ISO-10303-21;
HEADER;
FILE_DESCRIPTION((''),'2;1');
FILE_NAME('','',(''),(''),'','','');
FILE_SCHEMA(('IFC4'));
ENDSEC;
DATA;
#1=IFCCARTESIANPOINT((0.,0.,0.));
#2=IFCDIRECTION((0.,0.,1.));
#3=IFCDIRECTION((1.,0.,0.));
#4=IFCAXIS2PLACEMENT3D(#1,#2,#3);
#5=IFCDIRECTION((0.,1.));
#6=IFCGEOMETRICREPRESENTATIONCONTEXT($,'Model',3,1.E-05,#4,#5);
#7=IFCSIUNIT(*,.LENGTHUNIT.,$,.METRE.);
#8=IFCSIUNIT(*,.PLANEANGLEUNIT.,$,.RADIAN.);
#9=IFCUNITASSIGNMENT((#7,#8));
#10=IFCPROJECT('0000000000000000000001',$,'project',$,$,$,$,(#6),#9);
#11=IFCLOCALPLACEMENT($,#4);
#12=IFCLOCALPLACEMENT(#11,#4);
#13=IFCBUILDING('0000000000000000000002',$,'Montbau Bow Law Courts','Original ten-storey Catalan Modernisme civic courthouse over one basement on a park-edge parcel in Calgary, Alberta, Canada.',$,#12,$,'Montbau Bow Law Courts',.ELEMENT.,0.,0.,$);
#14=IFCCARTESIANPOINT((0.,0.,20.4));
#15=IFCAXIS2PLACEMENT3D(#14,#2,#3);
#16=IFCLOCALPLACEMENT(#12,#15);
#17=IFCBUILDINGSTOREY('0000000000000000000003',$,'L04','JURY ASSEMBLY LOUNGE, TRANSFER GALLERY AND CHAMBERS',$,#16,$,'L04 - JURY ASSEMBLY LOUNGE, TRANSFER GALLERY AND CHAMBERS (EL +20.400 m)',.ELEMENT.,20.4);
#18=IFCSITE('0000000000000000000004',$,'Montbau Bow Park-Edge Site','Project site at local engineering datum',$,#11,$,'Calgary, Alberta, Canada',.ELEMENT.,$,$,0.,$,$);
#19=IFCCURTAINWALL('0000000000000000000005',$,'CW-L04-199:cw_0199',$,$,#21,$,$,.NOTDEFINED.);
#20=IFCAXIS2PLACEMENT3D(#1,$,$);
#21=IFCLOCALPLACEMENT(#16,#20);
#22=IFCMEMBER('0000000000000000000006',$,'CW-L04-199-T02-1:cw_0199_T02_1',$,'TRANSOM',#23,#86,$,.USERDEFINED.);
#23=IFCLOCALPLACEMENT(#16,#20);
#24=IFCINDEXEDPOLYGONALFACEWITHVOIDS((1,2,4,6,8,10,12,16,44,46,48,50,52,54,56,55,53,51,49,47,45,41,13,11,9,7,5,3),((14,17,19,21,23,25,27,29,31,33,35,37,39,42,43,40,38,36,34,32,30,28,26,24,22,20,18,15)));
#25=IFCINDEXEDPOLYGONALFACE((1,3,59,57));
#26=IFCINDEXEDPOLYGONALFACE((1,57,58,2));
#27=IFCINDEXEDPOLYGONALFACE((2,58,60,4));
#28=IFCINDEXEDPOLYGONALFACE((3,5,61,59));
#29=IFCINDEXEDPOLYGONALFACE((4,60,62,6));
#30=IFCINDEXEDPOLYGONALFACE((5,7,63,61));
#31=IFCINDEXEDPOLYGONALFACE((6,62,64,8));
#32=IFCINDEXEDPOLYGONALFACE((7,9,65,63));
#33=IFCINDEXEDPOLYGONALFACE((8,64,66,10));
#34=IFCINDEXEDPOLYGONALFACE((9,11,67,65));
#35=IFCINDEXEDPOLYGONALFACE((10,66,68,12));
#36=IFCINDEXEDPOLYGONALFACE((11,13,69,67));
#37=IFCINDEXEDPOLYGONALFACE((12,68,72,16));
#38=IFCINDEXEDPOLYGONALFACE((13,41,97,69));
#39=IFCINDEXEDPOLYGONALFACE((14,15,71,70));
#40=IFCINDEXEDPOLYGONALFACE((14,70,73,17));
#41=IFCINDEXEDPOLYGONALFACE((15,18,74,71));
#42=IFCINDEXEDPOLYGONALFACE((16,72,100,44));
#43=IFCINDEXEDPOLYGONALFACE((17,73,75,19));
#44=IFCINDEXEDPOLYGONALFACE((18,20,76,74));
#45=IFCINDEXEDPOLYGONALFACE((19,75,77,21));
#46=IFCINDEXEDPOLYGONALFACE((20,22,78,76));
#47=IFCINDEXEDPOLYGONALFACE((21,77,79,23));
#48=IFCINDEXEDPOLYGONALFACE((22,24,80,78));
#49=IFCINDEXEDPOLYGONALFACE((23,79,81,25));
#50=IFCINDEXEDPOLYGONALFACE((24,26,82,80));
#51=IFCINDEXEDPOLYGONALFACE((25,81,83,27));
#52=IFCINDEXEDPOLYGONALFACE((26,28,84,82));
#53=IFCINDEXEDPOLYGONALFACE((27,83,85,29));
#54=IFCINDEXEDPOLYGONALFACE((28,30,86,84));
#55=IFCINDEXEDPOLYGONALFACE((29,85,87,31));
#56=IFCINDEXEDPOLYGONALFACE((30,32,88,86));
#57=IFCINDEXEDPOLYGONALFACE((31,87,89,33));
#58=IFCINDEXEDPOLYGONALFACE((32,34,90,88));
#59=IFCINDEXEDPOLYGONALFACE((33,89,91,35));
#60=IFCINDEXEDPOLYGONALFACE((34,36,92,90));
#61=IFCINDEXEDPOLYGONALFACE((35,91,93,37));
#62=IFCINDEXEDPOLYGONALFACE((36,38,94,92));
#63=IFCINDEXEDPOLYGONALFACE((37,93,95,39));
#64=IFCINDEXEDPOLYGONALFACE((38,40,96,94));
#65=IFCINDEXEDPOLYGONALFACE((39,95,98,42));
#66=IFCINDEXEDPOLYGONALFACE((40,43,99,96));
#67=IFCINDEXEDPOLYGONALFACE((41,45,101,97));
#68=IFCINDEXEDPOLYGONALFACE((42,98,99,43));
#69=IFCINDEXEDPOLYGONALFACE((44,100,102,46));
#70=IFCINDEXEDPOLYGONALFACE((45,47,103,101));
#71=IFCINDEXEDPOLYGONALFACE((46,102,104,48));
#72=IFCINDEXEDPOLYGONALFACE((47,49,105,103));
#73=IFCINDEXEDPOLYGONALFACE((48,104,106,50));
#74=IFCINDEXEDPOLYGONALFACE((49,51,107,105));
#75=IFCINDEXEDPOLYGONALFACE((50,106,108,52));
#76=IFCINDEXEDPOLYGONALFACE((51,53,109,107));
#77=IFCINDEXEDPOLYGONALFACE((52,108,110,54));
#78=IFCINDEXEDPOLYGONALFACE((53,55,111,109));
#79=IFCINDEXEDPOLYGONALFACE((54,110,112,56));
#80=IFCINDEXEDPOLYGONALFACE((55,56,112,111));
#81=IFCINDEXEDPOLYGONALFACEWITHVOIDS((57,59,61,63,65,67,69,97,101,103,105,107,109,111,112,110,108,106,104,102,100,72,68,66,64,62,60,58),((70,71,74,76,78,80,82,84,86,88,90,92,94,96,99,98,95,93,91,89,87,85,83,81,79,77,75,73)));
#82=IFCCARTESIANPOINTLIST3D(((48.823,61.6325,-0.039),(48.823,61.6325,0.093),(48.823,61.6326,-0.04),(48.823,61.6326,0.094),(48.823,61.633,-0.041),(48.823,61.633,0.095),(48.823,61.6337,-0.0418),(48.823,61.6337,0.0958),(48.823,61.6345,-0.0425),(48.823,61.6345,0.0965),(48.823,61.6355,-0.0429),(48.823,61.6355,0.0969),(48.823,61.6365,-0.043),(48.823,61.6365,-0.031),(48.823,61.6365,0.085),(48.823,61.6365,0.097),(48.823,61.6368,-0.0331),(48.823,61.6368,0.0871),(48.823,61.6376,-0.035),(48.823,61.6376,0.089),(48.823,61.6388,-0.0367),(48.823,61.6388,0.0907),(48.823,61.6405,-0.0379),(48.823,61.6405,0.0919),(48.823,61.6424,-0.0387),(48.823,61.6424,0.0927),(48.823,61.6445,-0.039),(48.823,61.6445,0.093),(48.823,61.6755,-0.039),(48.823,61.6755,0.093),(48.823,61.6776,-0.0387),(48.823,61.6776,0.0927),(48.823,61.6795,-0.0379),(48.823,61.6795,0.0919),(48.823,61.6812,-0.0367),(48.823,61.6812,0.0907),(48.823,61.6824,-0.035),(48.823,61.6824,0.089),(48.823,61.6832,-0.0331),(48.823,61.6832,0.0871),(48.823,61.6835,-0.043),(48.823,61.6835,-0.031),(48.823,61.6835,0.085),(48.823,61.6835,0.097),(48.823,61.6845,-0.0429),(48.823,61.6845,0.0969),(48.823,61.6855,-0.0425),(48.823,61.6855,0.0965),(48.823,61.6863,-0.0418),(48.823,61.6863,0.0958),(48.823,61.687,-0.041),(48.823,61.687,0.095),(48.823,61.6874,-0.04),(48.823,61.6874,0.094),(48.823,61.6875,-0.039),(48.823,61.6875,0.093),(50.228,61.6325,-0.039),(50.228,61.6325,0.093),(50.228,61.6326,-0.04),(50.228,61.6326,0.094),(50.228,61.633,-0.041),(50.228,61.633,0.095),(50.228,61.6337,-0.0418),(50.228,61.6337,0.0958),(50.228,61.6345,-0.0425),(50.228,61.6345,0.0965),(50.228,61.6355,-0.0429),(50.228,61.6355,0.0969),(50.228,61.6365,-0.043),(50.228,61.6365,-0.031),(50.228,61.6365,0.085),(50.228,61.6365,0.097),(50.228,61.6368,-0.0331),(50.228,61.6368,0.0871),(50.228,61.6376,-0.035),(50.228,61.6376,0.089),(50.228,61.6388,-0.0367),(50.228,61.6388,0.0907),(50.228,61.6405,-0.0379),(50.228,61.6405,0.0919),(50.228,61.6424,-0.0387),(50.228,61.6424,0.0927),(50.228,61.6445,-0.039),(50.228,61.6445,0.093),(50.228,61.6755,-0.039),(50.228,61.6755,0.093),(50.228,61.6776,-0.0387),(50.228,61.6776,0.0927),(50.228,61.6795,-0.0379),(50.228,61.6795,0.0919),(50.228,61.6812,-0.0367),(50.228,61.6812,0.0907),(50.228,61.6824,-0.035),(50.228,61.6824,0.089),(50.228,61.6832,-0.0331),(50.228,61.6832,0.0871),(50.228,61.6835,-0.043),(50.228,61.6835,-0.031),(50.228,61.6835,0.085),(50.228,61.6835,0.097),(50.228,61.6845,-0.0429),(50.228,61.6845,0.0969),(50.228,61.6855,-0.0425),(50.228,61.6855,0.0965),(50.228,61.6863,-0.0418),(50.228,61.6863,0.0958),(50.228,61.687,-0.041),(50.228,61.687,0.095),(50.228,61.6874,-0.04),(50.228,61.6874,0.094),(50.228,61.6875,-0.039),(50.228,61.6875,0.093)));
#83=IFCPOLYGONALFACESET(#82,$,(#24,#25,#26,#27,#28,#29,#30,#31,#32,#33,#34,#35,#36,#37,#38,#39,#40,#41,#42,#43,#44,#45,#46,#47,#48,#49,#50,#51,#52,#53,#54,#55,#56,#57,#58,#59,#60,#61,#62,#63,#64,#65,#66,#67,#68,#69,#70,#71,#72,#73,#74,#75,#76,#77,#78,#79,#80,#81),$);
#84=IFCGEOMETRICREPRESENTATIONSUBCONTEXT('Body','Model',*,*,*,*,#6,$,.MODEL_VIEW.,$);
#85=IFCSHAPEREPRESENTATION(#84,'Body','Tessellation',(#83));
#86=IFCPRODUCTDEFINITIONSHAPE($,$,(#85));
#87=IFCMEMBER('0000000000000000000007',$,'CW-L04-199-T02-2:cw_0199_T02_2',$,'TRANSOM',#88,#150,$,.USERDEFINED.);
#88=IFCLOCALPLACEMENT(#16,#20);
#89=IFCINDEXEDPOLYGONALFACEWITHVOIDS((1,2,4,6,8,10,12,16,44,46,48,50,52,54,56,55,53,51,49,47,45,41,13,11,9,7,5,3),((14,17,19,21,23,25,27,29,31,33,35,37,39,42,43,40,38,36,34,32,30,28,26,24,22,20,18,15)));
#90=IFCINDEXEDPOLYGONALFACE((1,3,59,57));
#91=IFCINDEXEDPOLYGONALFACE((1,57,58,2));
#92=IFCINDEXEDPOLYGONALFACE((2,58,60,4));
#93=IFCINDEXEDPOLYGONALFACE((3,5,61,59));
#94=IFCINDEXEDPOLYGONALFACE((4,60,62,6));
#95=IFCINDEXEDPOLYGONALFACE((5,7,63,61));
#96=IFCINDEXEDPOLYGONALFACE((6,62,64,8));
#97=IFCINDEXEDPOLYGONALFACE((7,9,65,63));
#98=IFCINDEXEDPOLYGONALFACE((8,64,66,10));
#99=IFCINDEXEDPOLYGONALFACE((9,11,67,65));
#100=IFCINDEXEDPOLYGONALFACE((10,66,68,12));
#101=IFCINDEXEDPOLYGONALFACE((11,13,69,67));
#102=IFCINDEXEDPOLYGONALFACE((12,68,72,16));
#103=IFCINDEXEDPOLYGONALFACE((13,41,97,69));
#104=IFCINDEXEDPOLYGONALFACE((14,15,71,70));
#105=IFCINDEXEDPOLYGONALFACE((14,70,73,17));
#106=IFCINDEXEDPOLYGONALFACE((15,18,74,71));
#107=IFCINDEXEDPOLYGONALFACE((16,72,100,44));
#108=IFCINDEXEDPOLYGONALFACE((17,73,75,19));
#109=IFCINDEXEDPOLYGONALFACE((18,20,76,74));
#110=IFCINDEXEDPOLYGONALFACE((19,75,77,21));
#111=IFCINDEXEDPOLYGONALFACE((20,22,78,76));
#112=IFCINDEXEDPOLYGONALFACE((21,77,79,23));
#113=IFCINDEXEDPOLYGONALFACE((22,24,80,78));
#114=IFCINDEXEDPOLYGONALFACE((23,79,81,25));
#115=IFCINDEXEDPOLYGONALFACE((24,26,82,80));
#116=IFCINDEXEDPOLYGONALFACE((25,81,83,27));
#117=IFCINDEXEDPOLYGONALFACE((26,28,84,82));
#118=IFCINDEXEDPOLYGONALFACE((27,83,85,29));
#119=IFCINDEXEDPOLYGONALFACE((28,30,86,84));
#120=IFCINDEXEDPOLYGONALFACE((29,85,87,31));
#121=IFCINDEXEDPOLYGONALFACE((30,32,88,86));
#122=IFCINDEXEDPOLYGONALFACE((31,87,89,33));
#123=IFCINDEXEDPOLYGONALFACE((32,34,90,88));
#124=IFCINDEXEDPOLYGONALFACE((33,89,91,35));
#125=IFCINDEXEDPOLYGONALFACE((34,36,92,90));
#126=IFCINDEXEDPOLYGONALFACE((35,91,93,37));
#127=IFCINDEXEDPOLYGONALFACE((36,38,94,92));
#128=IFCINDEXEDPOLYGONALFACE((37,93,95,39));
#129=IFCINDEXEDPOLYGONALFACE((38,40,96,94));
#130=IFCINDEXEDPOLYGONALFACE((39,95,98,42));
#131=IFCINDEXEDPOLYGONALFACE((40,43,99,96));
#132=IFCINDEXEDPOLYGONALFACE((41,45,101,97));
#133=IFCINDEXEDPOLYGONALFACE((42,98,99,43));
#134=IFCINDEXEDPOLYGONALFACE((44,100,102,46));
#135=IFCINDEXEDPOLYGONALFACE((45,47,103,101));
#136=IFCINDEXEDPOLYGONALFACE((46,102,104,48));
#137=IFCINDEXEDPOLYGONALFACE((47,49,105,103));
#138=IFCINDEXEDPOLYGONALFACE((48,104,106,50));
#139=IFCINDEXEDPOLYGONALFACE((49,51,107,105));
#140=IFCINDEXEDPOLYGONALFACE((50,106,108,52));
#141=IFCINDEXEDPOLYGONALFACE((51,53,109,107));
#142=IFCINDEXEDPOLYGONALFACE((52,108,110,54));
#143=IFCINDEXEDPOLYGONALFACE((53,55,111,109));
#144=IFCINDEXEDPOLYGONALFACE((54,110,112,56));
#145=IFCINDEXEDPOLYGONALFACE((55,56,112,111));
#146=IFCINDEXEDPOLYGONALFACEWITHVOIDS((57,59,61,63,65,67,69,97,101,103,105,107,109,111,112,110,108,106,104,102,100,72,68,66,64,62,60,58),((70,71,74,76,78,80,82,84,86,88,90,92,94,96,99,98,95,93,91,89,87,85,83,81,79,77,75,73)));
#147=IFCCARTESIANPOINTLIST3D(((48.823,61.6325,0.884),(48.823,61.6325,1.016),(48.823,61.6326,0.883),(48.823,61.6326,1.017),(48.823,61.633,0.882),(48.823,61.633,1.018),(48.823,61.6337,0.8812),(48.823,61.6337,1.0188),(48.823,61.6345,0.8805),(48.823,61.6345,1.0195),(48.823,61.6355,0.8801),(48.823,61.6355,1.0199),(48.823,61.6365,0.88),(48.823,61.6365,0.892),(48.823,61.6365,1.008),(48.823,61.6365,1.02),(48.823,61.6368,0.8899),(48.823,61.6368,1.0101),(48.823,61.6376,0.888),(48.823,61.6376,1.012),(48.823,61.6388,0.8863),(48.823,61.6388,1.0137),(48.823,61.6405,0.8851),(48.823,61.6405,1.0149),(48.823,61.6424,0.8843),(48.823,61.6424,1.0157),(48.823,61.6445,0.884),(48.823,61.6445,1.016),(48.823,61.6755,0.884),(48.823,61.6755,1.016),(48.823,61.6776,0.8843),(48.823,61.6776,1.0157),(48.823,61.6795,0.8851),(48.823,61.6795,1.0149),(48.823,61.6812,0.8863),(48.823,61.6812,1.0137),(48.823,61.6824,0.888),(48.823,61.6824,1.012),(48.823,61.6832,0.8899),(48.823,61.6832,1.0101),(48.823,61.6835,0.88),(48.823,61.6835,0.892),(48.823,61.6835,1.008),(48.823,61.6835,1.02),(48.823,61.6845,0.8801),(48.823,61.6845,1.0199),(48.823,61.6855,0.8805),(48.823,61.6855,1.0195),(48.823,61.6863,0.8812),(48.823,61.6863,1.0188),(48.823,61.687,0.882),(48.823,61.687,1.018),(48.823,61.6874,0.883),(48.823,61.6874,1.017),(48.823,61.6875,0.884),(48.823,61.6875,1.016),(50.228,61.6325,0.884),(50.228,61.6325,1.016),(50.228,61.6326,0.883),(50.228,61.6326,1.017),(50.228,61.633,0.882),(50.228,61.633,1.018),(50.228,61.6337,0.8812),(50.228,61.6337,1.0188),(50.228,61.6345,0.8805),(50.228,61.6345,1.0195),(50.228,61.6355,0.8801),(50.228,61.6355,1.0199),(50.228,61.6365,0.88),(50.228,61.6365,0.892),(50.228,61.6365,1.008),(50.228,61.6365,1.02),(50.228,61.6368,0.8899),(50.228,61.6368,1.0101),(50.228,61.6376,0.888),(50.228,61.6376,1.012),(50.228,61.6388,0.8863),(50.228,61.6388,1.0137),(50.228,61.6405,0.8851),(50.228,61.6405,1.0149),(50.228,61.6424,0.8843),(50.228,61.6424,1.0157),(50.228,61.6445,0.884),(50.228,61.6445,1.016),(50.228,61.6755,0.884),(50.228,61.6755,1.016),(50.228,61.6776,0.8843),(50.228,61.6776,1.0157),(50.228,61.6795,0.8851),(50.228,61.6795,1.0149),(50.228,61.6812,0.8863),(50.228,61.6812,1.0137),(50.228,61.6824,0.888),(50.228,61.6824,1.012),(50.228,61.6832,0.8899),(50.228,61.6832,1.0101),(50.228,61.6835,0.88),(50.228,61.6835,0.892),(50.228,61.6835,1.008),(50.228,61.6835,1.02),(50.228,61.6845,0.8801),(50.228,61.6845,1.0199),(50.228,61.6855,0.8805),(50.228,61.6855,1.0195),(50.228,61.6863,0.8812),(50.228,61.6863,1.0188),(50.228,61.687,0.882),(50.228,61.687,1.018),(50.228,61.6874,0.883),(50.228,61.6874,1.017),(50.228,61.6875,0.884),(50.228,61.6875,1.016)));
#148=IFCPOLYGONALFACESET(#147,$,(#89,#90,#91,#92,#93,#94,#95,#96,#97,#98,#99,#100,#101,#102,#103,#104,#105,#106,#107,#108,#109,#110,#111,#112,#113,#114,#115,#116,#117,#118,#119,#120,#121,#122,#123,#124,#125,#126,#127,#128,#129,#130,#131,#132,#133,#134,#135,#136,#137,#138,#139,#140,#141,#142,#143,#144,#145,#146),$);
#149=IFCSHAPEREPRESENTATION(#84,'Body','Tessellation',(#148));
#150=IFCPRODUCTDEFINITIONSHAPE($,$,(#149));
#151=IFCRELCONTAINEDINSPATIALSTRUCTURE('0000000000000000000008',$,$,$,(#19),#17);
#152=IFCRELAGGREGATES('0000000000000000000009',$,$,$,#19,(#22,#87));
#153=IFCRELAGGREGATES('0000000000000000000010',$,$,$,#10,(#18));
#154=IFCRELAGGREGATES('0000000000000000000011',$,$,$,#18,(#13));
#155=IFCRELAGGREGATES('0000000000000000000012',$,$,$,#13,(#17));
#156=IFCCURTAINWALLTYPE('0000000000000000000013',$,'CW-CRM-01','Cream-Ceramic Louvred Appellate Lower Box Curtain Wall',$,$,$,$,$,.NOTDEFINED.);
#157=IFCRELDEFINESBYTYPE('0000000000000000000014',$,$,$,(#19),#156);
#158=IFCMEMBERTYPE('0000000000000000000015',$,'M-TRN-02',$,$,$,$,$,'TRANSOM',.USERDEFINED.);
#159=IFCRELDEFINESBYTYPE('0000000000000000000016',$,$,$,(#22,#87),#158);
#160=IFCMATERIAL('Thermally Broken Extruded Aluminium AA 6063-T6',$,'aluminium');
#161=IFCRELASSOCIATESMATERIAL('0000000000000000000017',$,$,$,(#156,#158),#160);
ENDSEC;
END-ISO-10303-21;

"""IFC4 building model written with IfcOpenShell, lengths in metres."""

from ifc_helpers import new_model, si_unit, direction, frame, origin_with_axes, origin_2d_with_axis, place, context, subcontext, project, spatial, hollow_rectangle, extrude, material, material_profile, profile_set, type_object, element, aggregate, save


model = new_model("IFC4")

# Units and contexts
model_context = context("Model", 3, precision=1e-05, world=origin_with_axes(), true_north=direction((0.0, 1.0)))
body_context = subcontext(model_context, "Body", "Model", "MODEL_VIEW")
ifc_project = project(units=[si_unit("LENGTHUNIT", "METRE"), si_unit("PLANEANGLEUNIT", "RADIAN")], contexts=[model_context])

# Site, building, storey
site_placement = place(None, origin_with_axes())
site = spatial("IfcSite", under=ifc_project, at=site_placement, Name="Montbau Bow Park-Edge Site", Description="Project site at local engineering datum", LongName="Calgary, Alberta, Canada", CompositionType="ELEMENT", RefElevation=0.0)
building_placement = place(site_placement, origin_with_axes())
building = spatial("IfcBuilding", under=site, at=building_placement, Name="Montbau Bow Law Courts", Description="Original ten-storey Catalan Modernisme civic courthouse over one basement on a park-edge parcel in Calgary, Alberta, Canada.", LongName="Montbau Bow Law Courts", CompositionType="ELEMENT", ElevationOfRefHeight=0.0, ElevationOfTerrain=0.0)
storey_placement = place(building_placement, frame((0.0, 0.0, 20.4), z_axis=(0.0, 0.0, 1.0), x_axis=(1.0, 0.0, 0.0)))
storey = spatial("IfcBuildingStorey", under=building, at=storey_placement, Name="L04", Description="JURY ASSEMBLY LOUNGE, TRANSFER GALLERY AND CHAMBERS", LongName="L04 - JURY ASSEMBLY LOUNGE, TRANSFER GALLERY AND CHAMBERS (EL +20.400 m)", CompositionType="ELEMENT", Elevation=20.4)

# Curtain wall, members
ifc_material_1 = material(Name="Thermally Broken Extruded Aluminium AA 6063-T6", Category="aluminium")
curtain_wall_type = type_object("IfcCurtainWallType", Name="CW-CRM-01", Description="Cream-Ceramic Louvred Appellate Lower Box Curtain Wall", PredefinedType="NOTDEFINED", material=ifc_material_1)
curtain_wall_1_placement = place(None, frame((47.315, 61.66, 20.4), z_axis=(0.0, 0.0, 1.0), x_axis=(1.0, 0.0, 0.0)))
curtain_wall_1 = element("IfcCurtainWall", 1, at=curtain_wall_1_placement, inside=storey, type_object=curtain_wall_type, Name="CW-L04-199:cw_0199", PredefinedType="NOTDEFINED")
ifc_material_profile_1 = material_profile(ifc_material_1, hollow_rectangle(XDim=0.055, YDim=0.14, WallThickness=0.004, InnerFilletRadius=0.008, OuterFilletRadius=0.004, at=origin_2d_with_axis()), Name="CWT-140X55", Category="Main", Priority=0)
ifc_profile_set_1 = profile_set([ifc_material_profile_1], Name="Thermally Broken Extruded Aluminium AA 6063-T6")
member_type_1 = type_object("IfcMemberType", Name="M-TRN-02", ElementType="TRANSOM", PredefinedType="USERDEFINED", material=ifc_profile_set_1)
member_1_placement = place(None, frame((48.823, 61.66, 20.427), z_axis=(1.0, 0.0, 0.0), x_axis=(0.0, 1.0, 0.0)))
member_1 = element("IfcMember", 2, at=member_1_placement, type_object=member_type_1, Name="CW-L04-199-T02-1:cw_0199_T02_1", ObjectType="TRANSOM", PredefinedType="USERDEFINED", context=body_context, shape_type="SweptSolid", body=[
    extrude(hollow_rectangle(XDim=0.055, YDim=0.14, WallThickness=0.004, InnerFilletRadius=0.008, OuterFilletRadius=0.004, at=origin_2d_with_axis()), origin_with_axes(), (0.0, 0.0, 1.0), 1.405),
])
member_2_placement = place(None, frame((48.823, 61.66, 21.35), z_axis=(1.0, 0.0, 0.0), x_axis=(0.0, 1.0, 0.0)))
member_2 = element("IfcMember", 3, at=member_2_placement, type_object=member_type_1, Name="CW-L04-199-T02-2:cw_0199_T02_2", ObjectType="TRANSOM", PredefinedType="USERDEFINED", context=body_context, shape_type="SweptSolid", body=[
    extrude(hollow_rectangle(XDim=0.055, YDim=0.14, WallThickness=0.004, InnerFilletRadius=0.008, OuterFilletRadius=0.004, at=origin_2d_with_axis()), origin_with_axes(), (0.0, 0.0, 1.0), 1.405),
])

aggregate(curtain_wall_1, [member_1, member_2])

save(model, "model.ifc")
